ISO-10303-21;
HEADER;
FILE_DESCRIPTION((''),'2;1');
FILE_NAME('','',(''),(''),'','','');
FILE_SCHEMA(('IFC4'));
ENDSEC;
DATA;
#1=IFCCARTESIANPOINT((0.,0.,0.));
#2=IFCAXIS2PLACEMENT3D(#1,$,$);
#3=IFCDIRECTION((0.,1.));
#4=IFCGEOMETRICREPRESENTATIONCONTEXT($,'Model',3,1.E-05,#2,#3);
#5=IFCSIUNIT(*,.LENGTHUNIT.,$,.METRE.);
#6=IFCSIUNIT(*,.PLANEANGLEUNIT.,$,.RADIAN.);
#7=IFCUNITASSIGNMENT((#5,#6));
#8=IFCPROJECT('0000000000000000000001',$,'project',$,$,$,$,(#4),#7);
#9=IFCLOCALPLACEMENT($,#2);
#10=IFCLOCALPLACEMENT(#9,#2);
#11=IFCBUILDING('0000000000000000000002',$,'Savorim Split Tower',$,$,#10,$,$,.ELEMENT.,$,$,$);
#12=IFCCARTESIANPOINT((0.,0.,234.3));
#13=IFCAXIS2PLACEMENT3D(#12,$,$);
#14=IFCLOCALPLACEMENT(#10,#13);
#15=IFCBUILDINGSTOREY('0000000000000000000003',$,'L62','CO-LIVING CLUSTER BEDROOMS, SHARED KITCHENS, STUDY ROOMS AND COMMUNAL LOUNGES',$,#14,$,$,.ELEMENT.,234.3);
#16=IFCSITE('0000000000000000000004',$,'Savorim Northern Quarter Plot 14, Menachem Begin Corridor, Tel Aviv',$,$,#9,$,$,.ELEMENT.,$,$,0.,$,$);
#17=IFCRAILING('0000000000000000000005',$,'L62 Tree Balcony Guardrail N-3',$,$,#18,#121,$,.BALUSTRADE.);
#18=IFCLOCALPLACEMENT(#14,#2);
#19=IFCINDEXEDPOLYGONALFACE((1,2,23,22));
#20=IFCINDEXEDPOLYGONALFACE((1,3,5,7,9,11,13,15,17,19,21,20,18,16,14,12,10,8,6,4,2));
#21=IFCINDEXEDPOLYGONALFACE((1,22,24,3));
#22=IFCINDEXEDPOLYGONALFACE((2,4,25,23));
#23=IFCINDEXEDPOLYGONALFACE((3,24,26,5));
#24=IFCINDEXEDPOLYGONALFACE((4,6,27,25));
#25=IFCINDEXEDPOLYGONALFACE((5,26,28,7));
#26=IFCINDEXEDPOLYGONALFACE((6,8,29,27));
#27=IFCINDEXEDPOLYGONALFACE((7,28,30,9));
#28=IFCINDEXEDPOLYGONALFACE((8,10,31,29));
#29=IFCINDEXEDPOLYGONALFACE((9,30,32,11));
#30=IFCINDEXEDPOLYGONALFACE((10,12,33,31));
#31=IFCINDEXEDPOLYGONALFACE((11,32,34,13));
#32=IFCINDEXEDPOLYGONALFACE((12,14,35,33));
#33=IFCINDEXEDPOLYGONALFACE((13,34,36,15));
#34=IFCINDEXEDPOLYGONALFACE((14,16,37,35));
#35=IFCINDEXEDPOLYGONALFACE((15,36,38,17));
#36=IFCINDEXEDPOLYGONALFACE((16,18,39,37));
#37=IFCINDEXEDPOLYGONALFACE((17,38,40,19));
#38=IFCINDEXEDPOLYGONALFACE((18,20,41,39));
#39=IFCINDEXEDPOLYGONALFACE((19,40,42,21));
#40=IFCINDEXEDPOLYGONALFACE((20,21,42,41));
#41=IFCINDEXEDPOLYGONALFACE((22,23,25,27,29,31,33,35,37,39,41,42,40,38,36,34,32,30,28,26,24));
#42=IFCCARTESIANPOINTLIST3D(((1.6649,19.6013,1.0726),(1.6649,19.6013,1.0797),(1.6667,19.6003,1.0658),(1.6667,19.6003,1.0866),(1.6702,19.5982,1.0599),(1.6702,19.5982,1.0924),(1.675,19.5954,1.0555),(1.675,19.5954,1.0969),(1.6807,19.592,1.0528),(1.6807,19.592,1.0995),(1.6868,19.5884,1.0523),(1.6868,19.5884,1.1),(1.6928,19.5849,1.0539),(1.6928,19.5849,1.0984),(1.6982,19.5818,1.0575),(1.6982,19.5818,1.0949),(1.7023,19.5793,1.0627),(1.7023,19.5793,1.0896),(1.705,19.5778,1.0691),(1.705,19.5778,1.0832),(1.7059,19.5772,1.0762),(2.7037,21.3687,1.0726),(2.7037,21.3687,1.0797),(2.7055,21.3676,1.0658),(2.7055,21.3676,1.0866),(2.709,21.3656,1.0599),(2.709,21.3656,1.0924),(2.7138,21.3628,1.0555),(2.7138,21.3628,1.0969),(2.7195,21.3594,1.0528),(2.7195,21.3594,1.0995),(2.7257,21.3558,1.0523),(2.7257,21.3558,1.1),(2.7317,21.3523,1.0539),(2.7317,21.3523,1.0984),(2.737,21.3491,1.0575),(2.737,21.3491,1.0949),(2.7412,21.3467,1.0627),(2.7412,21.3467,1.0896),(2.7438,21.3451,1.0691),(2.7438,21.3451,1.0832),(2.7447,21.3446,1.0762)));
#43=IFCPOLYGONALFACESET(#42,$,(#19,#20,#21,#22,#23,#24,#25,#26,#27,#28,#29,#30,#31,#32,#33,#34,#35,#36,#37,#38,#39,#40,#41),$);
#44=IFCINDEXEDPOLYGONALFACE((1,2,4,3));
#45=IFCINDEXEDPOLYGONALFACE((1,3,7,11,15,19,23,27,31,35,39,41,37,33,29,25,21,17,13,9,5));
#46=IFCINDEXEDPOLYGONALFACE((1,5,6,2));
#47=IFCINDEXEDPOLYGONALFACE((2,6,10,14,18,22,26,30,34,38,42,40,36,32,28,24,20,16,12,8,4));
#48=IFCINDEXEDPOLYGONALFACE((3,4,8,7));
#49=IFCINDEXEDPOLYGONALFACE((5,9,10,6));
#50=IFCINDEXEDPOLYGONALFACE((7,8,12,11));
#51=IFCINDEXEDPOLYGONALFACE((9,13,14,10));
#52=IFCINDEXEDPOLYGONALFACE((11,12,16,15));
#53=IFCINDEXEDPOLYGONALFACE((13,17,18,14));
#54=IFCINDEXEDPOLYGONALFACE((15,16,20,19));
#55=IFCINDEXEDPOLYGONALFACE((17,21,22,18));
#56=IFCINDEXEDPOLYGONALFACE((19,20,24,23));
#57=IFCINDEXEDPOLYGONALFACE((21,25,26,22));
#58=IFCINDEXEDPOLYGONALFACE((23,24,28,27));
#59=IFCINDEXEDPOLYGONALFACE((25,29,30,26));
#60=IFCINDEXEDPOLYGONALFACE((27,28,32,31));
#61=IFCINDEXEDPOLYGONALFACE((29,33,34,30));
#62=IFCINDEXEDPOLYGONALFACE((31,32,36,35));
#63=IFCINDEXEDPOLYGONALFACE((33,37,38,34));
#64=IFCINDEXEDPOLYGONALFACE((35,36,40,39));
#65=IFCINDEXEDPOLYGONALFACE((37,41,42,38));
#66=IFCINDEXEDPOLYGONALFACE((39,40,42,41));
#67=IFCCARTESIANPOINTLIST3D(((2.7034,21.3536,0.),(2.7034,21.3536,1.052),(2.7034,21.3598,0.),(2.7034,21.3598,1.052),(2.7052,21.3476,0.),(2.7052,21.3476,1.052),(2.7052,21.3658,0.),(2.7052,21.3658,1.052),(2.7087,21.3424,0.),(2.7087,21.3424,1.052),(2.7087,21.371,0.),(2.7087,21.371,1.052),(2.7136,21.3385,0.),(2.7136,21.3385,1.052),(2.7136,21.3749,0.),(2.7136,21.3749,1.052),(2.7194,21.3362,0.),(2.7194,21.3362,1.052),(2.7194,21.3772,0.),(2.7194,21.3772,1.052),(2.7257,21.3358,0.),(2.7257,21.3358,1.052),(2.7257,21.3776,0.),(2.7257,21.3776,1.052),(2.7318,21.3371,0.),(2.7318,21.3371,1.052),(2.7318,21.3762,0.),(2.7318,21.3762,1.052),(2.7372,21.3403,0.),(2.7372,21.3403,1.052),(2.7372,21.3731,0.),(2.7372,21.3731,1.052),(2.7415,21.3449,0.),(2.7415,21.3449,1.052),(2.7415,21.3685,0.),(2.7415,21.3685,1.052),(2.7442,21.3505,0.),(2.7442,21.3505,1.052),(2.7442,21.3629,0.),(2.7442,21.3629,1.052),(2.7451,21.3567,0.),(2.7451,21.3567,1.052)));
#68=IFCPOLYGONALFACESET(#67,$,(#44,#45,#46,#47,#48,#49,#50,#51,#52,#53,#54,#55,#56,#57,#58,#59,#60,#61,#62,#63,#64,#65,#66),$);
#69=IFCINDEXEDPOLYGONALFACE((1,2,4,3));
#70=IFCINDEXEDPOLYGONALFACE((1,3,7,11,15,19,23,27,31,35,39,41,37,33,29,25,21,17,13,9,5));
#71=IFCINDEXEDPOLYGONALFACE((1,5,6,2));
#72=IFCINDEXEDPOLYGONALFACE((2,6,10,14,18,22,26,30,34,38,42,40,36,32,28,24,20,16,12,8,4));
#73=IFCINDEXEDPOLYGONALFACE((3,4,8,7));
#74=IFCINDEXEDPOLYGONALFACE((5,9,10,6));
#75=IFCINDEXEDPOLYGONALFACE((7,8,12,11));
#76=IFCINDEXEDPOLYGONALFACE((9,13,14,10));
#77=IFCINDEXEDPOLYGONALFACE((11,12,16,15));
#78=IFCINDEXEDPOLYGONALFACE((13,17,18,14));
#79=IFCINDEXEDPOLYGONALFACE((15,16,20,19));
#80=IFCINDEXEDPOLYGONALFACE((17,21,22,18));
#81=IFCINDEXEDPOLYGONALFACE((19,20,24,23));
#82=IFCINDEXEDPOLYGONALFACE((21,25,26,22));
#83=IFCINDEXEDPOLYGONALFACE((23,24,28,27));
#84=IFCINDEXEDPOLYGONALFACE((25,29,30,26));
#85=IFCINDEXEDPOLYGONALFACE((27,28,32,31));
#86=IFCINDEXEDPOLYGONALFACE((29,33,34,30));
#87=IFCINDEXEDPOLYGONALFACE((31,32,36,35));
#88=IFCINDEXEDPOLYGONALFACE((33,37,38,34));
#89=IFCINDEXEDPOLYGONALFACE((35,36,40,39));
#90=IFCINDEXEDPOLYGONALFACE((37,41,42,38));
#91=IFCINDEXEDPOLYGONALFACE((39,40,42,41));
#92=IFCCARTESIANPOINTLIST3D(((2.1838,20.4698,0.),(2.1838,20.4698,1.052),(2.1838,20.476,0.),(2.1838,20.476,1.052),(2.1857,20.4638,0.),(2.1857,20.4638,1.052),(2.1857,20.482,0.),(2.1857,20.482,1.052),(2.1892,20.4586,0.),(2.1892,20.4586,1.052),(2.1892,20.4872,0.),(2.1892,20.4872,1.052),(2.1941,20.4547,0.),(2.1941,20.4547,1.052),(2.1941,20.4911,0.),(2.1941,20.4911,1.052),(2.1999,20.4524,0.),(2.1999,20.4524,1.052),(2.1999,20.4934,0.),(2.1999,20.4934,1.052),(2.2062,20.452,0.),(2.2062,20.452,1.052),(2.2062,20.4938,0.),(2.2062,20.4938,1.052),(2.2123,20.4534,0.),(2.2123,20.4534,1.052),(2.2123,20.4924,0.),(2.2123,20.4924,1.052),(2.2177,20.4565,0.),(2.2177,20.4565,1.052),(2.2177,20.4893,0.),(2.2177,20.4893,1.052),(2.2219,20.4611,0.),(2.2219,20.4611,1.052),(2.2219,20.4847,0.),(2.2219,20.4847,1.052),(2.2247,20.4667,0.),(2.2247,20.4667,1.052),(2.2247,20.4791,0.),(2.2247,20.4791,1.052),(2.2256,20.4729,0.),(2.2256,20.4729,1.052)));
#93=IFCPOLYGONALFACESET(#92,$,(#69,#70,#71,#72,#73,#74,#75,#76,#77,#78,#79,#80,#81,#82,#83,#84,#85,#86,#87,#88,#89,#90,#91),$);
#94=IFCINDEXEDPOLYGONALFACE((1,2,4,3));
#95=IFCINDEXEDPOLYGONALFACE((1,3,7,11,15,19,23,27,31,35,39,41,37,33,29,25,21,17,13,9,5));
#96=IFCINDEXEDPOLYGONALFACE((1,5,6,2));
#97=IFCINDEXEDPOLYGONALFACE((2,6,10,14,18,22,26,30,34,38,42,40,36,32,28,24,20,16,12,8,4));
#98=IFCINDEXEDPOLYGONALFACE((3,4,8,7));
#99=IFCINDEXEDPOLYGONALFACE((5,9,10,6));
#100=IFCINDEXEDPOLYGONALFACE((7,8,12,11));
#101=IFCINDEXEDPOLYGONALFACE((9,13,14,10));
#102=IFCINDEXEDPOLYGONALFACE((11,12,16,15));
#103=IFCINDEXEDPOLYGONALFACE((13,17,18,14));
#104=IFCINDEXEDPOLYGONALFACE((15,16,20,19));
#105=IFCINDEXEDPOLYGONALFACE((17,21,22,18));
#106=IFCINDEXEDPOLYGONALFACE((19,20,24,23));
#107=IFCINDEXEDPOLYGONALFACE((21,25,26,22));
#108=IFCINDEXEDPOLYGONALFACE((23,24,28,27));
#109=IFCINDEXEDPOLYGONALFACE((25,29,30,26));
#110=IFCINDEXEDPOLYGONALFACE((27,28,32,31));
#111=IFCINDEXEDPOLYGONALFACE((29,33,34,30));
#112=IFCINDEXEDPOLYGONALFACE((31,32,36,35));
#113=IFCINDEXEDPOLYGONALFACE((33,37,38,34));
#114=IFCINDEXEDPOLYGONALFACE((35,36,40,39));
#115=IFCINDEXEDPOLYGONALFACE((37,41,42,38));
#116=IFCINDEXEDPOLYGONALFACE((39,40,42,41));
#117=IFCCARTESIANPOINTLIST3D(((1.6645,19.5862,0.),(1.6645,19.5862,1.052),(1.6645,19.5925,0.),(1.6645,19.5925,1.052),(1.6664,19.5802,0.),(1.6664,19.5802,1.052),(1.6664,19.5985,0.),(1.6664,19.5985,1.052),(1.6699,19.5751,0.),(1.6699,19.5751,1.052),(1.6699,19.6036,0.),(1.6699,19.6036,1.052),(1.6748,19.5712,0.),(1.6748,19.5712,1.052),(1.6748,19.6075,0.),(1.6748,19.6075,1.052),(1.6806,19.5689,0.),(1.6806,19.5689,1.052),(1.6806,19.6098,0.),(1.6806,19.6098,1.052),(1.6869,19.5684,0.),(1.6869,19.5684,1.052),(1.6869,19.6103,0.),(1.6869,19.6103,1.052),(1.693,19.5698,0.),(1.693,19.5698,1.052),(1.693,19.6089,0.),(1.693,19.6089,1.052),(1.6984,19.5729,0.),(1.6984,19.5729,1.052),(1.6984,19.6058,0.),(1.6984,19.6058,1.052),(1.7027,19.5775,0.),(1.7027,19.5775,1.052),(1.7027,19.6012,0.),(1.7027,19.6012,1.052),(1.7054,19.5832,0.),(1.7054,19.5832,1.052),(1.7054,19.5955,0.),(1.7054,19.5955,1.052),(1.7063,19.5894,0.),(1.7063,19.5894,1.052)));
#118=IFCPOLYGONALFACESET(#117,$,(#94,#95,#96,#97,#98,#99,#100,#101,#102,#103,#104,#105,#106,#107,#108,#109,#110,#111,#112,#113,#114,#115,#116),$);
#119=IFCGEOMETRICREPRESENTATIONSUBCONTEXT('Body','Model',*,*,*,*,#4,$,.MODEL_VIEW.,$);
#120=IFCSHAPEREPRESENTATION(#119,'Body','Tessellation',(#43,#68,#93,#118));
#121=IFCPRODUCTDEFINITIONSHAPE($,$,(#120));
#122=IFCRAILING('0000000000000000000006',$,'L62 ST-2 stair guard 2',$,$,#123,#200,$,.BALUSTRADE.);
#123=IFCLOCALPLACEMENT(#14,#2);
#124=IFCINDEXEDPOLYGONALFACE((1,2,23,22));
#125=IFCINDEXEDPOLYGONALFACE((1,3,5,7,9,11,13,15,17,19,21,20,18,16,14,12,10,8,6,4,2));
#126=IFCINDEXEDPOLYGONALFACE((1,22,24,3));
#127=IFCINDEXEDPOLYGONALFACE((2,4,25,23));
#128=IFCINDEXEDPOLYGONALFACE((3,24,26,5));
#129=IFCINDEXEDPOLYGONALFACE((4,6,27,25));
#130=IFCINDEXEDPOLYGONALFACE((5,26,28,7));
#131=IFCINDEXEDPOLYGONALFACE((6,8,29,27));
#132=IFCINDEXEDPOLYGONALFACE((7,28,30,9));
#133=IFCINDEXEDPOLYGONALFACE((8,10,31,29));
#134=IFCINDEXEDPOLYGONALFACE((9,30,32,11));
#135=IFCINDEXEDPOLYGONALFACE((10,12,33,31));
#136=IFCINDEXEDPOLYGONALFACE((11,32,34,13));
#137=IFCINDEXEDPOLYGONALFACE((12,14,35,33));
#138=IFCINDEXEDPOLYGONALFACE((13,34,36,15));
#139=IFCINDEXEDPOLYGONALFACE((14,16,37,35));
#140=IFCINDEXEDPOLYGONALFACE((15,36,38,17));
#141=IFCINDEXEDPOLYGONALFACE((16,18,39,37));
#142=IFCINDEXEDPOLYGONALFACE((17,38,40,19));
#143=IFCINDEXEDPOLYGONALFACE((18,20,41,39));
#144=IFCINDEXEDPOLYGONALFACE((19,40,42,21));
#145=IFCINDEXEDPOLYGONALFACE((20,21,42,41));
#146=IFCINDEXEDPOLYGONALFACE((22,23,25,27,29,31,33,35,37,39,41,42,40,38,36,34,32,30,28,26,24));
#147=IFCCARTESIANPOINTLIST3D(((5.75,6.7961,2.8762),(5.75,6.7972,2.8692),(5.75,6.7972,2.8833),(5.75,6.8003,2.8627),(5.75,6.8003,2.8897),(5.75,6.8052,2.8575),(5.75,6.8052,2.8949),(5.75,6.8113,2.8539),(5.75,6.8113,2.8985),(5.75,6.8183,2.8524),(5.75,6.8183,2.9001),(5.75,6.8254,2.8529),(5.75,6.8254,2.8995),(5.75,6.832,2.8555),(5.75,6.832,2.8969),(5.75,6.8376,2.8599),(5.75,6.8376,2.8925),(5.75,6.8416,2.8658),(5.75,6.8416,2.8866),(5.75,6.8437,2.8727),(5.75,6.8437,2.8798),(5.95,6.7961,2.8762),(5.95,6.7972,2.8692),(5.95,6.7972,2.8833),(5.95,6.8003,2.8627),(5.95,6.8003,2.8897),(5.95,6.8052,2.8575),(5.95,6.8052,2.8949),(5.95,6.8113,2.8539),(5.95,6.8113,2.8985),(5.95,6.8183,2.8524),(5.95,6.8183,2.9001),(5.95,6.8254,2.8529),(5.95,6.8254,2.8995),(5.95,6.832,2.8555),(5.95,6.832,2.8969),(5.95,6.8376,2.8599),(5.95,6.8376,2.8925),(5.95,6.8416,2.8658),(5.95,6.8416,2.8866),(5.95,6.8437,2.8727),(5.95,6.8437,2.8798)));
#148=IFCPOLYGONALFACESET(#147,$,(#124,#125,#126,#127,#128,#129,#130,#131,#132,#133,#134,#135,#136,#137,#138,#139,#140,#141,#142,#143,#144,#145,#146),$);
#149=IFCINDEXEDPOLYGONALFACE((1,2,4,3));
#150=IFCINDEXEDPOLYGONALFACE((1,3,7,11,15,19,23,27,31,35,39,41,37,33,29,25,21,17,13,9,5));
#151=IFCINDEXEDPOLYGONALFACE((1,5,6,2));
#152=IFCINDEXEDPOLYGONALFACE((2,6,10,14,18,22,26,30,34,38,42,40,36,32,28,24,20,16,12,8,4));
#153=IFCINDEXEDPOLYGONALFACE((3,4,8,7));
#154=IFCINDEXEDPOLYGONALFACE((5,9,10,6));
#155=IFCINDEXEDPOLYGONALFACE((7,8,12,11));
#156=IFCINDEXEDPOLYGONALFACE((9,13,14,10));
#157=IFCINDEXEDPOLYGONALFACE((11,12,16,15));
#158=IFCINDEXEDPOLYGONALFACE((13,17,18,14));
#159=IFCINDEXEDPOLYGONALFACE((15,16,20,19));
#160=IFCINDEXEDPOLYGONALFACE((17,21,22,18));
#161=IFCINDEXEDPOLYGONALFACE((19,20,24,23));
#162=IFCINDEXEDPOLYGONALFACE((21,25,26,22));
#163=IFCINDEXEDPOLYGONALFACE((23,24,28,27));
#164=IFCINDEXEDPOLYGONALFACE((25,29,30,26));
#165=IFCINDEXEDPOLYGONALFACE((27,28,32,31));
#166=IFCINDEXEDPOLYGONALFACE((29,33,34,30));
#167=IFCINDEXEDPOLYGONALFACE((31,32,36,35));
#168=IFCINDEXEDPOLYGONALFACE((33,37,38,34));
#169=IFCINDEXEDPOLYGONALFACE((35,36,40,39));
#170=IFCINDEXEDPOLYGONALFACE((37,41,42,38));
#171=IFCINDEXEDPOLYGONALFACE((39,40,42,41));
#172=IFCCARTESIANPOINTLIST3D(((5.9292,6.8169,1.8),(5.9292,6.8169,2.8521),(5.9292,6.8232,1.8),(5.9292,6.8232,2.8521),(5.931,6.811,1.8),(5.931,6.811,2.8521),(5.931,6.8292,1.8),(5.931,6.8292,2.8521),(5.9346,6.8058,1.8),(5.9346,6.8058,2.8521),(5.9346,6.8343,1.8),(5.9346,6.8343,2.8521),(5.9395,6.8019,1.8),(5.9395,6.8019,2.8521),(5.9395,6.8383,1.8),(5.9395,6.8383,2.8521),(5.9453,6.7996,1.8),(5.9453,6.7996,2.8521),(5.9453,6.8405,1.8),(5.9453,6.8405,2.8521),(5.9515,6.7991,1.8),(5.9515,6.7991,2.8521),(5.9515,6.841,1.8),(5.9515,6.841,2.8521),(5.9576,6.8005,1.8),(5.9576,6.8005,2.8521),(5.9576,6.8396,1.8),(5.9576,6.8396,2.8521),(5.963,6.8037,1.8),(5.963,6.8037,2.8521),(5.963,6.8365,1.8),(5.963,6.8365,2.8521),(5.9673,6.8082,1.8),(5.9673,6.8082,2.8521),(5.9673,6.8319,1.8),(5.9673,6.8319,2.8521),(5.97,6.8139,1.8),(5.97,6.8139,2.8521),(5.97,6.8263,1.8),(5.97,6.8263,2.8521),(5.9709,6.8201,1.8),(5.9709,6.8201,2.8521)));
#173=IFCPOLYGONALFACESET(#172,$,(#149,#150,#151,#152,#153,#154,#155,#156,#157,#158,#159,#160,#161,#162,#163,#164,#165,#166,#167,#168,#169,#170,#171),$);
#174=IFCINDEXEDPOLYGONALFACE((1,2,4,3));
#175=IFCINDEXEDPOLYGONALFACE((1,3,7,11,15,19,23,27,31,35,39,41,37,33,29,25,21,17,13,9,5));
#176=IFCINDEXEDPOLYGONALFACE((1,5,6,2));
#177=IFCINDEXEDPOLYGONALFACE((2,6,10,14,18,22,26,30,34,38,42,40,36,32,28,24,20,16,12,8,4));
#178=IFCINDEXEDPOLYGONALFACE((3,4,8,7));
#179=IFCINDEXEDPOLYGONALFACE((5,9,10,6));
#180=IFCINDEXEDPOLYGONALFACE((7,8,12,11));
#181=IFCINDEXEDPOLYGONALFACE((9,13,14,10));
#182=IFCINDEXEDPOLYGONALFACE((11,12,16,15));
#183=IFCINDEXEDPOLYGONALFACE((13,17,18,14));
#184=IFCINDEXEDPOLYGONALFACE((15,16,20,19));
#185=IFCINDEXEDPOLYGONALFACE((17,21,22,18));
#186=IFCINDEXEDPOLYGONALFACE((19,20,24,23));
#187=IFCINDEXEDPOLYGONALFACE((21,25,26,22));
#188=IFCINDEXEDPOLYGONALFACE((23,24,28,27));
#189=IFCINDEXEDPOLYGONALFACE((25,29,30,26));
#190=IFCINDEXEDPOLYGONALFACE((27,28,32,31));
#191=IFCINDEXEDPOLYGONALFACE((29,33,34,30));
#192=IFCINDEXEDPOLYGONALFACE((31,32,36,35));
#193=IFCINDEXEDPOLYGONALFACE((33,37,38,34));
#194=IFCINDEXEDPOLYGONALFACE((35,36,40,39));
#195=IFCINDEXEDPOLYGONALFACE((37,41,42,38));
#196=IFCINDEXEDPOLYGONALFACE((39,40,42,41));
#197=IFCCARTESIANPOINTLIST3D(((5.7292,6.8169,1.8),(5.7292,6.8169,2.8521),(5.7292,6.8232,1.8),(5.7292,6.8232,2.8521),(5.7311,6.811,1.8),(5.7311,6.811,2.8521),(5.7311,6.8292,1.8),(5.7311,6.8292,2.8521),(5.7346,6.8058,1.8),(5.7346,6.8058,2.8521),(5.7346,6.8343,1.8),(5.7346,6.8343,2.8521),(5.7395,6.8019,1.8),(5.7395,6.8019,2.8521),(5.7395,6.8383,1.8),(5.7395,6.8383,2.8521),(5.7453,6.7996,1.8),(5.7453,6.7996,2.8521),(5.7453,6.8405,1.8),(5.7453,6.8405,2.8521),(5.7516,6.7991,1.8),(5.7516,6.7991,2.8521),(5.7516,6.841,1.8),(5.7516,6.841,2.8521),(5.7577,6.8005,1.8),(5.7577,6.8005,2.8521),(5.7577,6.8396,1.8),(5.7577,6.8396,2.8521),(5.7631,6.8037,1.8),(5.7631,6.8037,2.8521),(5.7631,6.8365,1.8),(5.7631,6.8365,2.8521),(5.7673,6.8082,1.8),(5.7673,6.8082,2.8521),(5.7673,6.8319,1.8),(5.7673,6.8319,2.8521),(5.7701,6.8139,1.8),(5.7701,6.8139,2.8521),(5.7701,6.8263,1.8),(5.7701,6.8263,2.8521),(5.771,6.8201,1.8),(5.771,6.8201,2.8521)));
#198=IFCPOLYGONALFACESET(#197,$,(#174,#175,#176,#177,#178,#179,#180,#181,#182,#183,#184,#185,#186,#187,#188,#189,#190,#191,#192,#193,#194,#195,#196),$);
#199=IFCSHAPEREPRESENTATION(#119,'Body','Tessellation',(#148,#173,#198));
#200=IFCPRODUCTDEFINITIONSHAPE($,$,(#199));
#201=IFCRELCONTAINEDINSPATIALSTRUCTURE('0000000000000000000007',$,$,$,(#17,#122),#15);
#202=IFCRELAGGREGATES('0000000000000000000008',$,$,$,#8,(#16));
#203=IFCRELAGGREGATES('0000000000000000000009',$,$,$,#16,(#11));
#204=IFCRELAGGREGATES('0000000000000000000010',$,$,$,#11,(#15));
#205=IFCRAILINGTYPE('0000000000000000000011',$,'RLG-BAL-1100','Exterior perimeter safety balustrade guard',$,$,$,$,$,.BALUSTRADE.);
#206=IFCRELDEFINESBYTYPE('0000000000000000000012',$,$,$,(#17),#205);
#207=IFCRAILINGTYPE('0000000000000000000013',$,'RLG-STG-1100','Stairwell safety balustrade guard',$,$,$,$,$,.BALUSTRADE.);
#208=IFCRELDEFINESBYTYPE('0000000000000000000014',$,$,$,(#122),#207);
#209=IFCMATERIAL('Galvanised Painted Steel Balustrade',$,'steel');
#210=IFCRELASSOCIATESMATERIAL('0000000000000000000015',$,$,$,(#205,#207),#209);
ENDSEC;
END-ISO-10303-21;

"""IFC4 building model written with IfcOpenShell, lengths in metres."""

from ifc_helpers import new_model, si_unit, direction, frame, origin, origin_2d, place, context, subcontext, project, spatial, circle, extrude, material, type_object, element, save


model = new_model("IFC4")

# Units and contexts
model_context = context("Model", 3, precision=1e-05, world=origin(), true_north=direction((0.0, 1.0)))
body_context = subcontext(model_context, "Body", "Model", "MODEL_VIEW")
ifc_project = project(units=[si_unit("LENGTHUNIT", "METRE"), si_unit("PLANEANGLEUNIT", "RADIAN")], contexts=[model_context])

# Site, building, storey
site_placement = place(None, origin())
site = spatial("IfcSite", under=ifc_project, at=site_placement, Name="Savorim Northern Quarter Plot 14, Menachem Begin Corridor, Tel Aviv", CompositionType="ELEMENT", RefElevation=0.0)
building_placement = place(site_placement, origin())
building = spatial("IfcBuilding", under=site, at=building_placement, Name="Savorim Split Tower", CompositionType="ELEMENT")
storey_placement = place(building_placement, frame((0.0, 0.0, 234.3)))
storey = spatial("IfcBuildingStorey", under=building, at=storey_placement, Name="L62", Description="CO-LIVING CLUSTER BEDROOMS, SHARED KITCHENS, STUDY ROOMS AND COMMUNAL LOUNGES", CompositionType="ELEMENT", Elevation=234.3)

# Railings
ifc_material_1 = material(Name="Galvanised Painted Steel Balustrade", Category="steel")
railing_type_1 = type_object("IfcRailingType", Name="RLG-BAL-1100", Description="Exterior perimeter safety balustrade guard", PredefinedType="BALUSTRADE", material=ifc_material_1)
railing_1_placement = place(storey_placement, frame((2.7241, 21.3567, 0.0)))
element("IfcRailing", 1, at=railing_1_placement, inside=storey, type_object=railing_type_1, Name="L62 Tree Balcony Guardrail N-3", PredefinedType="BALUSTRADE", context=body_context, shape_type="SweptSolid", body=[
    extrude(circle(Radius=0.0239, at=origin_2d()), frame((0.0, 0.0, 1.0762), z_axis=(-0.506734, -0.862103, 0.0), x_axis=(0.862103, -0.506734, 0.0)), (0.0, 0.0, 1.0), 2.05),
    extrude(circle(Radius=0.021, at=origin_2d()), origin(), (0.0, 0.0, 1.0), 1.052),
    extrude(circle(Radius=0.021, at=origin_2d()), frame((-0.5195, -0.8838, 0.0)), (0.0, 0.0, 1.0), 1.052),
    extrude(circle(Radius=0.021, at=origin_2d()), frame((-1.0388, -1.7673, 0.0)), (0.0, 0.0, 1.0), 1.052),
])
railing_type_2 = type_object("IfcRailingType", Name="RLG-STG-1100", Description="Stairwell safety balustrade guard", PredefinedType="BALUSTRADE", material=ifc_material_1)
railing_2_placement = place(storey_placement, frame((5.95, 6.8201, 1.8)))
element("IfcRailing", 2, at=railing_2_placement, inside=storey, type_object=railing_type_2, Name="L62 ST-2 stair guard 2", PredefinedType="BALUSTRADE", context=body_context, shape_type="SweptSolid", body=[
    extrude(circle(Radius=0.0239, at=origin_2d()), frame((0.0, 0.0, 1.0762), z_axis=(-1.0, 0.0, 0.0), x_axis=(0.0, -1.0, 0.0)), (0.0, 0.0, 1.0), 0.2),
    extrude(circle(Radius=0.021, at=origin_2d()), origin(), (0.0, 0.0, 1.0), 1.052),
    extrude(circle(Radius=0.021, at=origin_2d()), frame((-0.2, 0.0, 0.0)), (0.0, 0.0, 1.0), 1.052),
])

save(model, "model.ifc")
